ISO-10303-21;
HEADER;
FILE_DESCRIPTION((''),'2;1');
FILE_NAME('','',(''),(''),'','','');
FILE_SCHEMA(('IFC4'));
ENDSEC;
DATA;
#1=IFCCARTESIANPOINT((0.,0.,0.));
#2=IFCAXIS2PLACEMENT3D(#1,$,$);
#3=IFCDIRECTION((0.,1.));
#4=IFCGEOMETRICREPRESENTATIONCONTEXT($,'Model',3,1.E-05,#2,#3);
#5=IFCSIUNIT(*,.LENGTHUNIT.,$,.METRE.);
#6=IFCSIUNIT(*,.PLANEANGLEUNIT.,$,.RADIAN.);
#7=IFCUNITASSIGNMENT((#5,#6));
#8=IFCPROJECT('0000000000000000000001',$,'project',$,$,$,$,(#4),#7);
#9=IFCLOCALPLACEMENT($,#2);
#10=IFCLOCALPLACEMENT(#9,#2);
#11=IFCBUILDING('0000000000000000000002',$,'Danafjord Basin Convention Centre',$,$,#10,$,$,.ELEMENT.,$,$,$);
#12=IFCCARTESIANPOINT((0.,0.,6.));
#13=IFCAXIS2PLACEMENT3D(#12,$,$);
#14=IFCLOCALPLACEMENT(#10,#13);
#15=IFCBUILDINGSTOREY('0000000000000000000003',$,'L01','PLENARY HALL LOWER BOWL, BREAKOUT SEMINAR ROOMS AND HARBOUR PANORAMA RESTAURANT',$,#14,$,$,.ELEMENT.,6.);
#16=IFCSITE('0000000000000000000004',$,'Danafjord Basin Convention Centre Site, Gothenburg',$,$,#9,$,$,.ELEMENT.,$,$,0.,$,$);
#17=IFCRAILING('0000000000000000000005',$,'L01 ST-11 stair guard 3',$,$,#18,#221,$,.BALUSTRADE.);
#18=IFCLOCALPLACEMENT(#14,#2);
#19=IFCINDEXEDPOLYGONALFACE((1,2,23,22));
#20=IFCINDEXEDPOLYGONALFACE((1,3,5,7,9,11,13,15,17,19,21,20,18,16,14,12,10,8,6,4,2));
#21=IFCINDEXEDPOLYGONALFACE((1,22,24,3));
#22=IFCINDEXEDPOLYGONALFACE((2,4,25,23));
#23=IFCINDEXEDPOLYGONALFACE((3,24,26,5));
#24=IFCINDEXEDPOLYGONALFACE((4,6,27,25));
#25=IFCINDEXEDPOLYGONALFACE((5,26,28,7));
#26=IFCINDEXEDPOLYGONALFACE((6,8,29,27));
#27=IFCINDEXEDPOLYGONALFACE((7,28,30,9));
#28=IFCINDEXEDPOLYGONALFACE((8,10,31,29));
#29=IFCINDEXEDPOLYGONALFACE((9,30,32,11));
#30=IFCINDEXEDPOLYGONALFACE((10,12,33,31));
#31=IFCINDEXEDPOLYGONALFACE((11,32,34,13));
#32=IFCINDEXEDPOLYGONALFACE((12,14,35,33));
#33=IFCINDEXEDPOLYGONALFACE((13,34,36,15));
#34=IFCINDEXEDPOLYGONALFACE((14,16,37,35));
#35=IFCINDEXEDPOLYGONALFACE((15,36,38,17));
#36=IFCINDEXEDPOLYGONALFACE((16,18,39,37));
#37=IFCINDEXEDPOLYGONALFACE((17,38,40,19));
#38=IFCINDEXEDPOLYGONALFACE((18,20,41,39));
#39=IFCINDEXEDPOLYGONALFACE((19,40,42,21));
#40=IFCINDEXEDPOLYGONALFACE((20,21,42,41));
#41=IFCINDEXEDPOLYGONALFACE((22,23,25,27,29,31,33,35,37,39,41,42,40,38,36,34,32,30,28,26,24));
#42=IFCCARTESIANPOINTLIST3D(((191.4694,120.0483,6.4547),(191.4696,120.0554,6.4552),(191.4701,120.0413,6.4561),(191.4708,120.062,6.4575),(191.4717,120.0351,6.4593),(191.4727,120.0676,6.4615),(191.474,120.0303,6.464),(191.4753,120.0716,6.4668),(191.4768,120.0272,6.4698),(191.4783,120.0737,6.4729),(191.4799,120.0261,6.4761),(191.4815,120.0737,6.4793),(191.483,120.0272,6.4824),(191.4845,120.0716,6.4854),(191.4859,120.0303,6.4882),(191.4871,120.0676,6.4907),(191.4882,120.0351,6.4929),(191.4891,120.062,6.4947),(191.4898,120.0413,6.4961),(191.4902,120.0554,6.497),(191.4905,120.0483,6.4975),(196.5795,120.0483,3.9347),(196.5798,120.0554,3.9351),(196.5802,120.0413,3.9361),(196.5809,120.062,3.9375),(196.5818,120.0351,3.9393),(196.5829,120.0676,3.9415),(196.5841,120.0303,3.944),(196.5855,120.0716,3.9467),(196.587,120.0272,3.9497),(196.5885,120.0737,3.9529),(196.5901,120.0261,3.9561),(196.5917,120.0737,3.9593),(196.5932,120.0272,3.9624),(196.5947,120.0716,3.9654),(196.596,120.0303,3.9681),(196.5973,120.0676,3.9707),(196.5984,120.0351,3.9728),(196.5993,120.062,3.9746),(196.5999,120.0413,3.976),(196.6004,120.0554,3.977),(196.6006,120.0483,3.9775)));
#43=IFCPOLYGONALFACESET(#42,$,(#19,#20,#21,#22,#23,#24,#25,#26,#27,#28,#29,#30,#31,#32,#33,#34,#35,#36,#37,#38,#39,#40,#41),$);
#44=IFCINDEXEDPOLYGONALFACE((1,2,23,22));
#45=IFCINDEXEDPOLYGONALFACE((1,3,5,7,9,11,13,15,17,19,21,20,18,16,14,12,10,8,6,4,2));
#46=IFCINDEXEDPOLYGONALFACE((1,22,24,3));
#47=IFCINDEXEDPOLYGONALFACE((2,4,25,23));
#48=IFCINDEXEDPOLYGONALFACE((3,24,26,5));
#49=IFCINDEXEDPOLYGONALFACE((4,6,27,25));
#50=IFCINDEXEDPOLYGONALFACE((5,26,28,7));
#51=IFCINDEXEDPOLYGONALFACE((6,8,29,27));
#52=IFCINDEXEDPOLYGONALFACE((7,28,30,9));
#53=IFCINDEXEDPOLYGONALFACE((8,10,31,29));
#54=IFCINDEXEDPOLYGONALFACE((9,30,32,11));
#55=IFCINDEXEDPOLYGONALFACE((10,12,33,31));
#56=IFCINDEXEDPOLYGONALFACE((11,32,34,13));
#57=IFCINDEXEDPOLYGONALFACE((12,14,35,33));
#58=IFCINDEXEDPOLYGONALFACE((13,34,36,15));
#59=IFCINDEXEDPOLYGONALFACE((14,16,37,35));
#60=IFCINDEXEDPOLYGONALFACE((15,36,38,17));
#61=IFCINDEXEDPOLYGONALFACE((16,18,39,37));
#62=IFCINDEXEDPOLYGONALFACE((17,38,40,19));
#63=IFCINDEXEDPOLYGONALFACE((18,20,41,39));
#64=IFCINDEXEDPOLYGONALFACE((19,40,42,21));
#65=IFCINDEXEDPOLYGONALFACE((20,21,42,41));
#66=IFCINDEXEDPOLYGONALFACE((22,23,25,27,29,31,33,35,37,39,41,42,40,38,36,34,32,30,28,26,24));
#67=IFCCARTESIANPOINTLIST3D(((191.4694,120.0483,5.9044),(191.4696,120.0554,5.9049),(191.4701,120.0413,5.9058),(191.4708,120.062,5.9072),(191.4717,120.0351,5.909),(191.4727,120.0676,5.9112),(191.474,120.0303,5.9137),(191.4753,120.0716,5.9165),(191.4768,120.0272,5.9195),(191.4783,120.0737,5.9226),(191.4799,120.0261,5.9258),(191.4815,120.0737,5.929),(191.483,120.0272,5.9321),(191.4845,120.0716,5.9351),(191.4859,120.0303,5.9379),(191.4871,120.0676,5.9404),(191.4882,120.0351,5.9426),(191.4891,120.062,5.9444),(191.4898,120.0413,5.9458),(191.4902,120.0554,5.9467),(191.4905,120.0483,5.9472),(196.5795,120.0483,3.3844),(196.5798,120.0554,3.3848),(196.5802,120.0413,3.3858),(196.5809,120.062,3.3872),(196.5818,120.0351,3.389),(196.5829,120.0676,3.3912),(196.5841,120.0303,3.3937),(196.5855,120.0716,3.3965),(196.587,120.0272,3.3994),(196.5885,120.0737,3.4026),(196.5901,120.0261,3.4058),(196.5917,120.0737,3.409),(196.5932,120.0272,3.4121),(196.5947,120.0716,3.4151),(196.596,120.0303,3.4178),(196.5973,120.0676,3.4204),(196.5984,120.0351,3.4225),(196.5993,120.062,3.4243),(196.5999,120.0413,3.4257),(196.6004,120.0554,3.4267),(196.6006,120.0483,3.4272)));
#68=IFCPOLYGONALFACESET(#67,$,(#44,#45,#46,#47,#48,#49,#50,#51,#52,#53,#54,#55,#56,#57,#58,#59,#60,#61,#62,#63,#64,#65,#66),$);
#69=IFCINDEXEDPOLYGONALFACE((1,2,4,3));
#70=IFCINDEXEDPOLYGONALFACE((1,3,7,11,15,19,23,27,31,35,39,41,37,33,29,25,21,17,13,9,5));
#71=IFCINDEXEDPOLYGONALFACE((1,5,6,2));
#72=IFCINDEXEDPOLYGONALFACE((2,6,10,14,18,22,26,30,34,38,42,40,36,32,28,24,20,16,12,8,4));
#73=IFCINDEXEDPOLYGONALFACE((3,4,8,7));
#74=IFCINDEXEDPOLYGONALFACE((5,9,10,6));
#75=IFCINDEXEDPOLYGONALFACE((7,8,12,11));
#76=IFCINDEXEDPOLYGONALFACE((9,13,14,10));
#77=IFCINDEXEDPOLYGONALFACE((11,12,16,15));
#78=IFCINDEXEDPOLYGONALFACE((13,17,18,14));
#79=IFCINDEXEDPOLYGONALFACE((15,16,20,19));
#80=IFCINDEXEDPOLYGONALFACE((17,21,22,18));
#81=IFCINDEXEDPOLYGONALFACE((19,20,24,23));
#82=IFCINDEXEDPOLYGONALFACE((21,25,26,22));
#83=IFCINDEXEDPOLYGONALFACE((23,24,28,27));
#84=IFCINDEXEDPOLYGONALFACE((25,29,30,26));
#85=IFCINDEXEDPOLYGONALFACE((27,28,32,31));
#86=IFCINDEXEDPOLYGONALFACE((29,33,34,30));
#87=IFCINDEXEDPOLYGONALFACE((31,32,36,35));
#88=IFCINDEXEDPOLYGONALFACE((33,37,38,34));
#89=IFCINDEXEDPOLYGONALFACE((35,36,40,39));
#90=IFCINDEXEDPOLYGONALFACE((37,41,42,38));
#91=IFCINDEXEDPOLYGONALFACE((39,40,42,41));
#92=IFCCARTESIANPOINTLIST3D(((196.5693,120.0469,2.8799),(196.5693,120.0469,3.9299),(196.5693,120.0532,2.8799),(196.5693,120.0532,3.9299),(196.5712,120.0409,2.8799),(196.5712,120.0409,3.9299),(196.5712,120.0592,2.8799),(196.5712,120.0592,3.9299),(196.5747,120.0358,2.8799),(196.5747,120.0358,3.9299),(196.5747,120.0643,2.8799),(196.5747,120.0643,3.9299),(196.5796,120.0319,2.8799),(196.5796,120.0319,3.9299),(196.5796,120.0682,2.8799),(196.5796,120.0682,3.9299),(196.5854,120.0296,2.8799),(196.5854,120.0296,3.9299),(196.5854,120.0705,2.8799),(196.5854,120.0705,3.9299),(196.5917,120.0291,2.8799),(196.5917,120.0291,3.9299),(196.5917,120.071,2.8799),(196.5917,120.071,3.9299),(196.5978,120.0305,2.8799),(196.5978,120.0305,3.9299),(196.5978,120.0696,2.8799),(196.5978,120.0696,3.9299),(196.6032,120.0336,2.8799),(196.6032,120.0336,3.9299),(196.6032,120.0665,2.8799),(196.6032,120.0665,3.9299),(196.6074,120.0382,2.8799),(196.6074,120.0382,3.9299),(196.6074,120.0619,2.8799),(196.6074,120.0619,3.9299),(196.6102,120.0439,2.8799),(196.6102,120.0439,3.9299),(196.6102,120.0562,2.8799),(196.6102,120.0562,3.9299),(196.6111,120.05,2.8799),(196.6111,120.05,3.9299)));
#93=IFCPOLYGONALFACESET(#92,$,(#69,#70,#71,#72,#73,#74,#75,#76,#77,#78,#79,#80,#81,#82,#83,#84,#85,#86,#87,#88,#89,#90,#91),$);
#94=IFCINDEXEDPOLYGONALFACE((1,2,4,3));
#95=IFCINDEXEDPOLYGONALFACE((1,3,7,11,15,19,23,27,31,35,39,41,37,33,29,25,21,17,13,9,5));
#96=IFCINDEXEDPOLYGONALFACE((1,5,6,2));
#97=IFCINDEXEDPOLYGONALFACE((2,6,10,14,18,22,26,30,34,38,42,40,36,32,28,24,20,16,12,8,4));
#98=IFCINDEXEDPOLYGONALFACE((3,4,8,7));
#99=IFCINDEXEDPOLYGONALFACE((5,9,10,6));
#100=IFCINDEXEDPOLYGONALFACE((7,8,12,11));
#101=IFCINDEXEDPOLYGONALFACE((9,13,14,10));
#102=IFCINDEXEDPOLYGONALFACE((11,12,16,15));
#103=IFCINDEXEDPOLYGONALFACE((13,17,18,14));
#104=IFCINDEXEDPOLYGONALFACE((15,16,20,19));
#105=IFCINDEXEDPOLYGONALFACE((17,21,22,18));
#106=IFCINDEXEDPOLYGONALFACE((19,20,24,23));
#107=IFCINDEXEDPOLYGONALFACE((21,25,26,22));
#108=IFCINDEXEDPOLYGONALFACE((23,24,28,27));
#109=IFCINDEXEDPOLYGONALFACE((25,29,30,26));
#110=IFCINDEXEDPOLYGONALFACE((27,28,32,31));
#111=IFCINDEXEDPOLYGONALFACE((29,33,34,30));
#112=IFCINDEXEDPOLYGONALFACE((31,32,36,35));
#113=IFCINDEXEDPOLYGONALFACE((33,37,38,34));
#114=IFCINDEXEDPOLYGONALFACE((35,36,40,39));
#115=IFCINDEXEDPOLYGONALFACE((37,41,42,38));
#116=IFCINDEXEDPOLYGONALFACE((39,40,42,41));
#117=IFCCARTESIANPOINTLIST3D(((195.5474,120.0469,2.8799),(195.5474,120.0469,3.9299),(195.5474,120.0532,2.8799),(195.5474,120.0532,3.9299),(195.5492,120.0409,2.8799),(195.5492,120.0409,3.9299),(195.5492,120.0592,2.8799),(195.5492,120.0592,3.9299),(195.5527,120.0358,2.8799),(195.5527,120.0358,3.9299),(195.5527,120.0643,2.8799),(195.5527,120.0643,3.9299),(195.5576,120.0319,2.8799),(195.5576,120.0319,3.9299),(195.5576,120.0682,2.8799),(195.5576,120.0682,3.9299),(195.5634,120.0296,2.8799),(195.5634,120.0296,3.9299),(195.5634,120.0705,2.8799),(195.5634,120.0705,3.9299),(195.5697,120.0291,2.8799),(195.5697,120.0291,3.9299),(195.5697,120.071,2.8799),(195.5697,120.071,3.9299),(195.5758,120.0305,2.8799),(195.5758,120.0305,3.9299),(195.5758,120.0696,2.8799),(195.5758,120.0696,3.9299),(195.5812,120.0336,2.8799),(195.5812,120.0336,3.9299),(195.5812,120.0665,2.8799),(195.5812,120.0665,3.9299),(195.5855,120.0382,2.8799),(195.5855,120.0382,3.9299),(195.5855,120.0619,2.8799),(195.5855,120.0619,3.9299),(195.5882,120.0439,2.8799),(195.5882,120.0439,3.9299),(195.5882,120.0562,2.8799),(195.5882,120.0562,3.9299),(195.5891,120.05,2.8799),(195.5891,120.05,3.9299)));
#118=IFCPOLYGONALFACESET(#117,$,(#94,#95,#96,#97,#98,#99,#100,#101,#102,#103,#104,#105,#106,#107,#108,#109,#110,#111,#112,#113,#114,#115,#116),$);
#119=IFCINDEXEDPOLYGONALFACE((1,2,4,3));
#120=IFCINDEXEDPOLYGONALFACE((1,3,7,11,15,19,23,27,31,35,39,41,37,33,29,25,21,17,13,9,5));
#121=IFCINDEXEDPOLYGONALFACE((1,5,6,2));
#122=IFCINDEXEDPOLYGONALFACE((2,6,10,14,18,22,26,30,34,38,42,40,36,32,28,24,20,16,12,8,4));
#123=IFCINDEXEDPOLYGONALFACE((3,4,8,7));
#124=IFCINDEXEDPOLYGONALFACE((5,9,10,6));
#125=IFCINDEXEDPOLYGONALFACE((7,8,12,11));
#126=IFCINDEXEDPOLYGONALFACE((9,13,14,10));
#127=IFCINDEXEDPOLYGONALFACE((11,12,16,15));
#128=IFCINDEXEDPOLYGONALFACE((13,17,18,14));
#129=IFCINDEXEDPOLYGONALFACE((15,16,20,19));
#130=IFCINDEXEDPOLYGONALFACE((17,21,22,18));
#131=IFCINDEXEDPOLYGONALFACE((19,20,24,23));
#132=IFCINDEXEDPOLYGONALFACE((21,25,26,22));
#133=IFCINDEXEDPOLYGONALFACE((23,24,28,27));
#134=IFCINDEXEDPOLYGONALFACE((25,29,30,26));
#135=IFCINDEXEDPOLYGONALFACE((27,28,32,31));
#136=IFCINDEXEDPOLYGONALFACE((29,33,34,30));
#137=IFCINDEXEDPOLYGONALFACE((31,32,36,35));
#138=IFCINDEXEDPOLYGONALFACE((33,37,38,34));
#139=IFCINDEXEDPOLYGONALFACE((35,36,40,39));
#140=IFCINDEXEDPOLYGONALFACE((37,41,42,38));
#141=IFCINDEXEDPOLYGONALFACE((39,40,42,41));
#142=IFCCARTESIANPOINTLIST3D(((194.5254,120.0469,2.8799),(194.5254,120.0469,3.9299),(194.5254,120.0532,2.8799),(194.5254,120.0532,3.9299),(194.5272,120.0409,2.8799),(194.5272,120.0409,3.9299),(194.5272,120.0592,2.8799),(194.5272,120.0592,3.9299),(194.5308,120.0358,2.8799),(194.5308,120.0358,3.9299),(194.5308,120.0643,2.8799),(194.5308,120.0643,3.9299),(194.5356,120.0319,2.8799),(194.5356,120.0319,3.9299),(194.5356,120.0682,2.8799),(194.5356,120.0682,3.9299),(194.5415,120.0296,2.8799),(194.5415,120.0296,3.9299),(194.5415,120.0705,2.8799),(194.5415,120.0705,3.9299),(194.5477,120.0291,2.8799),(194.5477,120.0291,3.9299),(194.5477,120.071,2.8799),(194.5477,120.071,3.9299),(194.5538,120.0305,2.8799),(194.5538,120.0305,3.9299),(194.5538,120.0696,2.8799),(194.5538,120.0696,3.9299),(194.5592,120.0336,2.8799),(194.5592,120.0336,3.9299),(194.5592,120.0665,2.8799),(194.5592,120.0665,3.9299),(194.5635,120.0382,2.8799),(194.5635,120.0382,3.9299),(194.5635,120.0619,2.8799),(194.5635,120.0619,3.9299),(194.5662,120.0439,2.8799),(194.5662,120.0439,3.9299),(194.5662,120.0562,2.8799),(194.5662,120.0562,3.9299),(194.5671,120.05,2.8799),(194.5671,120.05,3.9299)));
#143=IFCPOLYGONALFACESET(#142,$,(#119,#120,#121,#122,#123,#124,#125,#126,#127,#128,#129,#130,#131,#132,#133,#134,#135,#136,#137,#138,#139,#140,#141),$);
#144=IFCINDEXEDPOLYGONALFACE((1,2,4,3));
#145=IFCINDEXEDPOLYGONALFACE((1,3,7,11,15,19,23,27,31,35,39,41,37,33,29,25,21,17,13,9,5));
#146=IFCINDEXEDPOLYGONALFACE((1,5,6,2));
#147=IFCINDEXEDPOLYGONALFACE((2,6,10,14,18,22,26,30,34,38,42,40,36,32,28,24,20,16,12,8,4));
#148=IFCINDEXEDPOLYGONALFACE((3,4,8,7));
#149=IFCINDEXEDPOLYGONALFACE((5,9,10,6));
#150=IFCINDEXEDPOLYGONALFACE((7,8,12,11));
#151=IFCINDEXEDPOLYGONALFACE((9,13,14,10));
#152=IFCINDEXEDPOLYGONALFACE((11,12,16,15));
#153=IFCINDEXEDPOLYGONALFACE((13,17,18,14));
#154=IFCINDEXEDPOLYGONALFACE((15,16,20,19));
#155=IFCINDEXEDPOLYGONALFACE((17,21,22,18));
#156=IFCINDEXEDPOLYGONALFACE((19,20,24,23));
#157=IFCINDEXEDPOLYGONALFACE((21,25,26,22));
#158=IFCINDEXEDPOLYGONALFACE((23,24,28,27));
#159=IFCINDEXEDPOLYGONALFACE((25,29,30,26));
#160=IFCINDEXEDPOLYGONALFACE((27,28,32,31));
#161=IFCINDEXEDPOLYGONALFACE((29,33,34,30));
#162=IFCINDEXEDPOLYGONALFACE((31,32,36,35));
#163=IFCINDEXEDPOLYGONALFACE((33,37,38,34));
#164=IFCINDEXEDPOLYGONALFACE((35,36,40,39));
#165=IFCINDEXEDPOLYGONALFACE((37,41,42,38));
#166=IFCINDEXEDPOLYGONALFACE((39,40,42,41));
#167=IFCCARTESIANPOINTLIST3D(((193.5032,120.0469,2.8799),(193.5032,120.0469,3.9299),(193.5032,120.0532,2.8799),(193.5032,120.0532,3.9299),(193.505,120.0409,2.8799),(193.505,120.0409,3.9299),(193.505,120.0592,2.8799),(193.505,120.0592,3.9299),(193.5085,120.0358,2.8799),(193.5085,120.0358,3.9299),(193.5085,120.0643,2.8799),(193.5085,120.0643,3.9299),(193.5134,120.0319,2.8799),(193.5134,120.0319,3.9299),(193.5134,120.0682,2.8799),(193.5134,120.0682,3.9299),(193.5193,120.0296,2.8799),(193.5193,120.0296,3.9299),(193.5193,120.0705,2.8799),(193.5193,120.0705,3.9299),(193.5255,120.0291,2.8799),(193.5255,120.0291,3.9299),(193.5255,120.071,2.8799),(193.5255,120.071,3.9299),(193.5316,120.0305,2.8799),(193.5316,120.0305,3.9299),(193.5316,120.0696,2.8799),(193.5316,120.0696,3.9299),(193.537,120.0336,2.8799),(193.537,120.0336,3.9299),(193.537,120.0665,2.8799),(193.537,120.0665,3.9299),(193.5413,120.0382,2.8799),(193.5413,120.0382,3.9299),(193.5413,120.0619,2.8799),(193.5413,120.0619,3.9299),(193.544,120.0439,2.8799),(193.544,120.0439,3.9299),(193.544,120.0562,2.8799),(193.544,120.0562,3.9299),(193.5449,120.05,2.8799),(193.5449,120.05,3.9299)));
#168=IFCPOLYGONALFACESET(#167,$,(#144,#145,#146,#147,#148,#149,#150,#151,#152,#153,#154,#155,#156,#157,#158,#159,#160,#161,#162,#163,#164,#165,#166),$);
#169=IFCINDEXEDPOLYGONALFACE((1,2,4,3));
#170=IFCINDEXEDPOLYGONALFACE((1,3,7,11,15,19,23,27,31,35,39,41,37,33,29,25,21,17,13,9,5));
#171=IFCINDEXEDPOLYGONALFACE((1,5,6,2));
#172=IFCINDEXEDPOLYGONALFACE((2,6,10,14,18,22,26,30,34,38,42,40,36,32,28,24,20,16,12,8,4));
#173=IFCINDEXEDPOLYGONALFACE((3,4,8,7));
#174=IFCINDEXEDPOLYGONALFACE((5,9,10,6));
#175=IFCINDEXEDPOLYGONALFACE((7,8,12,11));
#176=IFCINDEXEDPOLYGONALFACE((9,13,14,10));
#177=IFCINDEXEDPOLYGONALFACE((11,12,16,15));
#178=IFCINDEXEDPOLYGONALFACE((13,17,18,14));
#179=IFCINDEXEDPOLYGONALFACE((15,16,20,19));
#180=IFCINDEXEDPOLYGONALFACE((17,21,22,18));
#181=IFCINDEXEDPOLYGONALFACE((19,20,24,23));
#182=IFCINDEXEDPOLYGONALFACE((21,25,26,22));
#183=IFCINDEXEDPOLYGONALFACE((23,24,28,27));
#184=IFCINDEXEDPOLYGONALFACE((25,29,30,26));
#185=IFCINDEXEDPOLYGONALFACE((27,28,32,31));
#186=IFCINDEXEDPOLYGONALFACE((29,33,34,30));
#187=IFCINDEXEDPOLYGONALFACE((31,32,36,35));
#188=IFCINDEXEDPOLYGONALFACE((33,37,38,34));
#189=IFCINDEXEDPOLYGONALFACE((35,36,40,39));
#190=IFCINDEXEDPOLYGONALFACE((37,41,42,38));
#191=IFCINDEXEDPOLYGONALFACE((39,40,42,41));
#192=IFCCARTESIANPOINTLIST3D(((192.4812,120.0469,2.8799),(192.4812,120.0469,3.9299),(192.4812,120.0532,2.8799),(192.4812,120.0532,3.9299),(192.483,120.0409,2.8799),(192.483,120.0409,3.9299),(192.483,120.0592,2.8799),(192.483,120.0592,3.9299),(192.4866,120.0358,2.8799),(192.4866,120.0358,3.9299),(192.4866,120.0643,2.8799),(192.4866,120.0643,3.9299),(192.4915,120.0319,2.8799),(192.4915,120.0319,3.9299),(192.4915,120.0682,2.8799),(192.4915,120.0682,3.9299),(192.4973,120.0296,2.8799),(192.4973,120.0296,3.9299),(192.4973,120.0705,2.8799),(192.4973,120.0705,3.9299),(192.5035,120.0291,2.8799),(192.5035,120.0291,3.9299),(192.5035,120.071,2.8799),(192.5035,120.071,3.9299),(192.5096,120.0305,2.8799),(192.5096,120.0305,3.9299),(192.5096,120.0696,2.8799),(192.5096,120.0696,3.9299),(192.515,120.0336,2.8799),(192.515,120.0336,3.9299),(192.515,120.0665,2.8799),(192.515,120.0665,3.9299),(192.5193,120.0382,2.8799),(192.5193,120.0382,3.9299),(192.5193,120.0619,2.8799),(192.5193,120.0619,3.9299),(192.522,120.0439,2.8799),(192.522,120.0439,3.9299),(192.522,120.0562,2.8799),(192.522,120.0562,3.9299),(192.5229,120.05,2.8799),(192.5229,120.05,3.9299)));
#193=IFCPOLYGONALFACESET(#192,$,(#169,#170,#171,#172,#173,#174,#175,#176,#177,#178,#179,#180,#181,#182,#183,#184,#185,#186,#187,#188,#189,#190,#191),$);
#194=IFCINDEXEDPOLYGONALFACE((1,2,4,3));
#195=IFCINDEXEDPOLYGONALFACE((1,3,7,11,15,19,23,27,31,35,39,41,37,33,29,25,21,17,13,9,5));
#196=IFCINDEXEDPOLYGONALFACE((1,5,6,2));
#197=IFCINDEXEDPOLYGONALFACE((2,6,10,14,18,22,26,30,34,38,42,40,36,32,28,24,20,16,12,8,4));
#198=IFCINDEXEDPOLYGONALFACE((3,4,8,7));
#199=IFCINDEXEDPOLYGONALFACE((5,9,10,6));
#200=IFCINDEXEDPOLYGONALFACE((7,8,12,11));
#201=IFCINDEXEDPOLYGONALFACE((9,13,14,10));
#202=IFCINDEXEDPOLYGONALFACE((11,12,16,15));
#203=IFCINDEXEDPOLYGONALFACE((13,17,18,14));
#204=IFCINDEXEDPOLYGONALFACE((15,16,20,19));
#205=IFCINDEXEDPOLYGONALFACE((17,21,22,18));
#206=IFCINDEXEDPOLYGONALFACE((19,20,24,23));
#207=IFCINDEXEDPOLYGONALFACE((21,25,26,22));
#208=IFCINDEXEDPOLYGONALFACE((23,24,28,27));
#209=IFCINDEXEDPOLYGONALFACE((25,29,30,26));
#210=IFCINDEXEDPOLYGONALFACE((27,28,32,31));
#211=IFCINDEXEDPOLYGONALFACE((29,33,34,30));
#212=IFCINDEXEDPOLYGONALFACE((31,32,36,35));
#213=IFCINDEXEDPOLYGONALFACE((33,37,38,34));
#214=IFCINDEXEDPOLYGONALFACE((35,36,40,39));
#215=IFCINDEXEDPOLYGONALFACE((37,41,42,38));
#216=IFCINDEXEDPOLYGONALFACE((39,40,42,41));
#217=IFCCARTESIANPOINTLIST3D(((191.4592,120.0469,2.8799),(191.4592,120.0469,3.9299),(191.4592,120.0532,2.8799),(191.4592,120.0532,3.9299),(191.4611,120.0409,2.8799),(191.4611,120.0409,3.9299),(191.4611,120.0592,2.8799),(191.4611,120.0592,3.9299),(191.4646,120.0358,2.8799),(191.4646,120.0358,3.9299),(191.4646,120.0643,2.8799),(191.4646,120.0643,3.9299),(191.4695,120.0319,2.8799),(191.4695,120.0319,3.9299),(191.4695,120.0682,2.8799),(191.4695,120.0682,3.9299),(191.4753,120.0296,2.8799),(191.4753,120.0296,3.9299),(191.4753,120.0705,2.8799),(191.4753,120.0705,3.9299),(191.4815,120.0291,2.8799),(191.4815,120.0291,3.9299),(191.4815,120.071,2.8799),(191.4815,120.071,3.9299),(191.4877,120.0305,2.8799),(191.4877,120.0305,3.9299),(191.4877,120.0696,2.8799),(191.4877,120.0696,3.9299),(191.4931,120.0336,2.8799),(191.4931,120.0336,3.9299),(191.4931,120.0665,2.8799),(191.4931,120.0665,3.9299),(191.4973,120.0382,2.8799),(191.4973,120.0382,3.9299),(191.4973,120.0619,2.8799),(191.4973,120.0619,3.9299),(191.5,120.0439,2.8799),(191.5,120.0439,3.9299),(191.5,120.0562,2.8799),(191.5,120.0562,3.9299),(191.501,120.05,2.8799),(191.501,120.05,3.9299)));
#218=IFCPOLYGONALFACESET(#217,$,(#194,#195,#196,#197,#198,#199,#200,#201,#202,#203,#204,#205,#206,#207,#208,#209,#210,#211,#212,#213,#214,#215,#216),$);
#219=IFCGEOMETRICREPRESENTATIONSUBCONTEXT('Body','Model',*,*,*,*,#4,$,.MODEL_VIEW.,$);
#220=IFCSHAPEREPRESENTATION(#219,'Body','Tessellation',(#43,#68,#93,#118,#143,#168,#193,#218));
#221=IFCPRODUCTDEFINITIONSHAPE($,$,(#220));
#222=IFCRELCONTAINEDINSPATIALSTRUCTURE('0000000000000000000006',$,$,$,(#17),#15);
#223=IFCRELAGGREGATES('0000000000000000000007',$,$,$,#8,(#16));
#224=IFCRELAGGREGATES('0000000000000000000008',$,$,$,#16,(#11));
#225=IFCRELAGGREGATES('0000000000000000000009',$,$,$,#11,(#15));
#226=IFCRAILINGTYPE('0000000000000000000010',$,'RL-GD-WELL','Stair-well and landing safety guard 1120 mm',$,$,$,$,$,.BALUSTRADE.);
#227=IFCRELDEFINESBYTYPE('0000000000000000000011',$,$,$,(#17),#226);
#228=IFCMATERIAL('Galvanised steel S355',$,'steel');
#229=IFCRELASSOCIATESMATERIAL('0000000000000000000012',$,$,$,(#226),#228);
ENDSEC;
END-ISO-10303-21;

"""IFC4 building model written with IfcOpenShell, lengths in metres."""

from ifc_helpers import new_model, si_unit, direction, frame, origin, origin_2d, place, context, subcontext, project, spatial, circle, extrude, material, type_object, element, save


model = new_model("IFC4")

# Units and contexts
model_context = context("Model", 3, precision=1e-05, world=origin(), true_north=direction((0.0, 1.0)))
body_context = subcontext(model_context, "Body", "Model", "MODEL_VIEW")
ifc_project = project(units=[si_unit("LENGTHUNIT", "METRE"), si_unit("PLANEANGLEUNIT", "RADIAN")], contexts=[model_context])

# Site, building, storey
site_placement = place(None, origin())
site = spatial("IfcSite", under=ifc_project, at=site_placement, Name="Danafjord Basin Convention Centre Site, Gothenburg", CompositionType="ELEMENT", RefElevation=0.0)
building_placement = place(site_placement, origin())
building = spatial("IfcBuilding", under=site, at=building_placement, Name="Danafjord Basin Convention Centre", CompositionType="ELEMENT")
storey_placement = place(building_placement, frame((0.0, 0.0, 6.0)))
storey = spatial("IfcBuildingStorey", under=building, at=storey_placement, Name="L01", Description="PLENARY HALL LOWER BOWL, BREAKOUT SEMINAR ROOMS AND HARBOUR PANORAMA RESTAURANT", CompositionType="ELEMENT", Elevation=6.0)

# Railing
ifc_material_1 = material(Name="Galvanised steel S355", Category="steel")
railing_type_1 = type_object("IfcRailingType", Name="RL-GD-WELL", Description="Stair-well and landing safety guard 1120 mm", PredefinedType="BALUSTRADE", material=ifc_material_1)
railing_1_placement = place(storey_placement, frame((196.5901, 120.05, 2.8799)))
element("IfcRailing", 1, at=railing_1_placement, inside=storey, type_object=railing_type_1, Name="L01 ST-11 stair guard 3", PredefinedType="BALUSTRADE", context=body_context, shape_type="SweptSolid", body=[
    extrude(circle(Radius=0.0239, at=origin_2d()), frame((0.0, 0.0, 1.0762), z_axis=(-0.896873, 0.0, 0.442288), x_axis=(0.0, -1.0, 0.0)), (0.0, 0.0, 1.0), 5.6978),
    extrude(circle(Radius=0.0239, at=origin_2d()), frame((0.0, 0.0, 0.5259), z_axis=(-0.896873, 0.0, 0.442288), x_axis=(0.0, -1.0, 0.0)), (0.0, 0.0, 1.0), 5.6978),
    extrude(circle(Radius=0.021, at=origin_2d()), origin(), (0.0, 0.0, 1.0), 1.05),
    extrude(circle(Radius=0.021, at=origin_2d()), frame((-1.022, 0.0, 0.0)), (0.0, 0.0, 1.0), 1.05),
    extrude(circle(Radius=0.021, at=origin_2d()), frame((-2.0439, 0.0, 0.0)), (0.0, 0.0, 1.0), 1.05),
    extrude(circle(Radius=0.021, at=origin_2d()), frame((-3.0662, 0.0, 0.0)), (0.0, 0.0, 1.0), 1.05),
    extrude(circle(Radius=0.021, at=origin_2d()), frame((-4.0881, 0.0, 0.0)), (0.0, 0.0, 1.0), 1.05),
    extrude(circle(Radius=0.021, at=origin_2d()), frame((-5.1101, 0.0, 0.0)), (0.0, 0.0, 1.0), 1.05),
])

save(model, "model.ifc")
